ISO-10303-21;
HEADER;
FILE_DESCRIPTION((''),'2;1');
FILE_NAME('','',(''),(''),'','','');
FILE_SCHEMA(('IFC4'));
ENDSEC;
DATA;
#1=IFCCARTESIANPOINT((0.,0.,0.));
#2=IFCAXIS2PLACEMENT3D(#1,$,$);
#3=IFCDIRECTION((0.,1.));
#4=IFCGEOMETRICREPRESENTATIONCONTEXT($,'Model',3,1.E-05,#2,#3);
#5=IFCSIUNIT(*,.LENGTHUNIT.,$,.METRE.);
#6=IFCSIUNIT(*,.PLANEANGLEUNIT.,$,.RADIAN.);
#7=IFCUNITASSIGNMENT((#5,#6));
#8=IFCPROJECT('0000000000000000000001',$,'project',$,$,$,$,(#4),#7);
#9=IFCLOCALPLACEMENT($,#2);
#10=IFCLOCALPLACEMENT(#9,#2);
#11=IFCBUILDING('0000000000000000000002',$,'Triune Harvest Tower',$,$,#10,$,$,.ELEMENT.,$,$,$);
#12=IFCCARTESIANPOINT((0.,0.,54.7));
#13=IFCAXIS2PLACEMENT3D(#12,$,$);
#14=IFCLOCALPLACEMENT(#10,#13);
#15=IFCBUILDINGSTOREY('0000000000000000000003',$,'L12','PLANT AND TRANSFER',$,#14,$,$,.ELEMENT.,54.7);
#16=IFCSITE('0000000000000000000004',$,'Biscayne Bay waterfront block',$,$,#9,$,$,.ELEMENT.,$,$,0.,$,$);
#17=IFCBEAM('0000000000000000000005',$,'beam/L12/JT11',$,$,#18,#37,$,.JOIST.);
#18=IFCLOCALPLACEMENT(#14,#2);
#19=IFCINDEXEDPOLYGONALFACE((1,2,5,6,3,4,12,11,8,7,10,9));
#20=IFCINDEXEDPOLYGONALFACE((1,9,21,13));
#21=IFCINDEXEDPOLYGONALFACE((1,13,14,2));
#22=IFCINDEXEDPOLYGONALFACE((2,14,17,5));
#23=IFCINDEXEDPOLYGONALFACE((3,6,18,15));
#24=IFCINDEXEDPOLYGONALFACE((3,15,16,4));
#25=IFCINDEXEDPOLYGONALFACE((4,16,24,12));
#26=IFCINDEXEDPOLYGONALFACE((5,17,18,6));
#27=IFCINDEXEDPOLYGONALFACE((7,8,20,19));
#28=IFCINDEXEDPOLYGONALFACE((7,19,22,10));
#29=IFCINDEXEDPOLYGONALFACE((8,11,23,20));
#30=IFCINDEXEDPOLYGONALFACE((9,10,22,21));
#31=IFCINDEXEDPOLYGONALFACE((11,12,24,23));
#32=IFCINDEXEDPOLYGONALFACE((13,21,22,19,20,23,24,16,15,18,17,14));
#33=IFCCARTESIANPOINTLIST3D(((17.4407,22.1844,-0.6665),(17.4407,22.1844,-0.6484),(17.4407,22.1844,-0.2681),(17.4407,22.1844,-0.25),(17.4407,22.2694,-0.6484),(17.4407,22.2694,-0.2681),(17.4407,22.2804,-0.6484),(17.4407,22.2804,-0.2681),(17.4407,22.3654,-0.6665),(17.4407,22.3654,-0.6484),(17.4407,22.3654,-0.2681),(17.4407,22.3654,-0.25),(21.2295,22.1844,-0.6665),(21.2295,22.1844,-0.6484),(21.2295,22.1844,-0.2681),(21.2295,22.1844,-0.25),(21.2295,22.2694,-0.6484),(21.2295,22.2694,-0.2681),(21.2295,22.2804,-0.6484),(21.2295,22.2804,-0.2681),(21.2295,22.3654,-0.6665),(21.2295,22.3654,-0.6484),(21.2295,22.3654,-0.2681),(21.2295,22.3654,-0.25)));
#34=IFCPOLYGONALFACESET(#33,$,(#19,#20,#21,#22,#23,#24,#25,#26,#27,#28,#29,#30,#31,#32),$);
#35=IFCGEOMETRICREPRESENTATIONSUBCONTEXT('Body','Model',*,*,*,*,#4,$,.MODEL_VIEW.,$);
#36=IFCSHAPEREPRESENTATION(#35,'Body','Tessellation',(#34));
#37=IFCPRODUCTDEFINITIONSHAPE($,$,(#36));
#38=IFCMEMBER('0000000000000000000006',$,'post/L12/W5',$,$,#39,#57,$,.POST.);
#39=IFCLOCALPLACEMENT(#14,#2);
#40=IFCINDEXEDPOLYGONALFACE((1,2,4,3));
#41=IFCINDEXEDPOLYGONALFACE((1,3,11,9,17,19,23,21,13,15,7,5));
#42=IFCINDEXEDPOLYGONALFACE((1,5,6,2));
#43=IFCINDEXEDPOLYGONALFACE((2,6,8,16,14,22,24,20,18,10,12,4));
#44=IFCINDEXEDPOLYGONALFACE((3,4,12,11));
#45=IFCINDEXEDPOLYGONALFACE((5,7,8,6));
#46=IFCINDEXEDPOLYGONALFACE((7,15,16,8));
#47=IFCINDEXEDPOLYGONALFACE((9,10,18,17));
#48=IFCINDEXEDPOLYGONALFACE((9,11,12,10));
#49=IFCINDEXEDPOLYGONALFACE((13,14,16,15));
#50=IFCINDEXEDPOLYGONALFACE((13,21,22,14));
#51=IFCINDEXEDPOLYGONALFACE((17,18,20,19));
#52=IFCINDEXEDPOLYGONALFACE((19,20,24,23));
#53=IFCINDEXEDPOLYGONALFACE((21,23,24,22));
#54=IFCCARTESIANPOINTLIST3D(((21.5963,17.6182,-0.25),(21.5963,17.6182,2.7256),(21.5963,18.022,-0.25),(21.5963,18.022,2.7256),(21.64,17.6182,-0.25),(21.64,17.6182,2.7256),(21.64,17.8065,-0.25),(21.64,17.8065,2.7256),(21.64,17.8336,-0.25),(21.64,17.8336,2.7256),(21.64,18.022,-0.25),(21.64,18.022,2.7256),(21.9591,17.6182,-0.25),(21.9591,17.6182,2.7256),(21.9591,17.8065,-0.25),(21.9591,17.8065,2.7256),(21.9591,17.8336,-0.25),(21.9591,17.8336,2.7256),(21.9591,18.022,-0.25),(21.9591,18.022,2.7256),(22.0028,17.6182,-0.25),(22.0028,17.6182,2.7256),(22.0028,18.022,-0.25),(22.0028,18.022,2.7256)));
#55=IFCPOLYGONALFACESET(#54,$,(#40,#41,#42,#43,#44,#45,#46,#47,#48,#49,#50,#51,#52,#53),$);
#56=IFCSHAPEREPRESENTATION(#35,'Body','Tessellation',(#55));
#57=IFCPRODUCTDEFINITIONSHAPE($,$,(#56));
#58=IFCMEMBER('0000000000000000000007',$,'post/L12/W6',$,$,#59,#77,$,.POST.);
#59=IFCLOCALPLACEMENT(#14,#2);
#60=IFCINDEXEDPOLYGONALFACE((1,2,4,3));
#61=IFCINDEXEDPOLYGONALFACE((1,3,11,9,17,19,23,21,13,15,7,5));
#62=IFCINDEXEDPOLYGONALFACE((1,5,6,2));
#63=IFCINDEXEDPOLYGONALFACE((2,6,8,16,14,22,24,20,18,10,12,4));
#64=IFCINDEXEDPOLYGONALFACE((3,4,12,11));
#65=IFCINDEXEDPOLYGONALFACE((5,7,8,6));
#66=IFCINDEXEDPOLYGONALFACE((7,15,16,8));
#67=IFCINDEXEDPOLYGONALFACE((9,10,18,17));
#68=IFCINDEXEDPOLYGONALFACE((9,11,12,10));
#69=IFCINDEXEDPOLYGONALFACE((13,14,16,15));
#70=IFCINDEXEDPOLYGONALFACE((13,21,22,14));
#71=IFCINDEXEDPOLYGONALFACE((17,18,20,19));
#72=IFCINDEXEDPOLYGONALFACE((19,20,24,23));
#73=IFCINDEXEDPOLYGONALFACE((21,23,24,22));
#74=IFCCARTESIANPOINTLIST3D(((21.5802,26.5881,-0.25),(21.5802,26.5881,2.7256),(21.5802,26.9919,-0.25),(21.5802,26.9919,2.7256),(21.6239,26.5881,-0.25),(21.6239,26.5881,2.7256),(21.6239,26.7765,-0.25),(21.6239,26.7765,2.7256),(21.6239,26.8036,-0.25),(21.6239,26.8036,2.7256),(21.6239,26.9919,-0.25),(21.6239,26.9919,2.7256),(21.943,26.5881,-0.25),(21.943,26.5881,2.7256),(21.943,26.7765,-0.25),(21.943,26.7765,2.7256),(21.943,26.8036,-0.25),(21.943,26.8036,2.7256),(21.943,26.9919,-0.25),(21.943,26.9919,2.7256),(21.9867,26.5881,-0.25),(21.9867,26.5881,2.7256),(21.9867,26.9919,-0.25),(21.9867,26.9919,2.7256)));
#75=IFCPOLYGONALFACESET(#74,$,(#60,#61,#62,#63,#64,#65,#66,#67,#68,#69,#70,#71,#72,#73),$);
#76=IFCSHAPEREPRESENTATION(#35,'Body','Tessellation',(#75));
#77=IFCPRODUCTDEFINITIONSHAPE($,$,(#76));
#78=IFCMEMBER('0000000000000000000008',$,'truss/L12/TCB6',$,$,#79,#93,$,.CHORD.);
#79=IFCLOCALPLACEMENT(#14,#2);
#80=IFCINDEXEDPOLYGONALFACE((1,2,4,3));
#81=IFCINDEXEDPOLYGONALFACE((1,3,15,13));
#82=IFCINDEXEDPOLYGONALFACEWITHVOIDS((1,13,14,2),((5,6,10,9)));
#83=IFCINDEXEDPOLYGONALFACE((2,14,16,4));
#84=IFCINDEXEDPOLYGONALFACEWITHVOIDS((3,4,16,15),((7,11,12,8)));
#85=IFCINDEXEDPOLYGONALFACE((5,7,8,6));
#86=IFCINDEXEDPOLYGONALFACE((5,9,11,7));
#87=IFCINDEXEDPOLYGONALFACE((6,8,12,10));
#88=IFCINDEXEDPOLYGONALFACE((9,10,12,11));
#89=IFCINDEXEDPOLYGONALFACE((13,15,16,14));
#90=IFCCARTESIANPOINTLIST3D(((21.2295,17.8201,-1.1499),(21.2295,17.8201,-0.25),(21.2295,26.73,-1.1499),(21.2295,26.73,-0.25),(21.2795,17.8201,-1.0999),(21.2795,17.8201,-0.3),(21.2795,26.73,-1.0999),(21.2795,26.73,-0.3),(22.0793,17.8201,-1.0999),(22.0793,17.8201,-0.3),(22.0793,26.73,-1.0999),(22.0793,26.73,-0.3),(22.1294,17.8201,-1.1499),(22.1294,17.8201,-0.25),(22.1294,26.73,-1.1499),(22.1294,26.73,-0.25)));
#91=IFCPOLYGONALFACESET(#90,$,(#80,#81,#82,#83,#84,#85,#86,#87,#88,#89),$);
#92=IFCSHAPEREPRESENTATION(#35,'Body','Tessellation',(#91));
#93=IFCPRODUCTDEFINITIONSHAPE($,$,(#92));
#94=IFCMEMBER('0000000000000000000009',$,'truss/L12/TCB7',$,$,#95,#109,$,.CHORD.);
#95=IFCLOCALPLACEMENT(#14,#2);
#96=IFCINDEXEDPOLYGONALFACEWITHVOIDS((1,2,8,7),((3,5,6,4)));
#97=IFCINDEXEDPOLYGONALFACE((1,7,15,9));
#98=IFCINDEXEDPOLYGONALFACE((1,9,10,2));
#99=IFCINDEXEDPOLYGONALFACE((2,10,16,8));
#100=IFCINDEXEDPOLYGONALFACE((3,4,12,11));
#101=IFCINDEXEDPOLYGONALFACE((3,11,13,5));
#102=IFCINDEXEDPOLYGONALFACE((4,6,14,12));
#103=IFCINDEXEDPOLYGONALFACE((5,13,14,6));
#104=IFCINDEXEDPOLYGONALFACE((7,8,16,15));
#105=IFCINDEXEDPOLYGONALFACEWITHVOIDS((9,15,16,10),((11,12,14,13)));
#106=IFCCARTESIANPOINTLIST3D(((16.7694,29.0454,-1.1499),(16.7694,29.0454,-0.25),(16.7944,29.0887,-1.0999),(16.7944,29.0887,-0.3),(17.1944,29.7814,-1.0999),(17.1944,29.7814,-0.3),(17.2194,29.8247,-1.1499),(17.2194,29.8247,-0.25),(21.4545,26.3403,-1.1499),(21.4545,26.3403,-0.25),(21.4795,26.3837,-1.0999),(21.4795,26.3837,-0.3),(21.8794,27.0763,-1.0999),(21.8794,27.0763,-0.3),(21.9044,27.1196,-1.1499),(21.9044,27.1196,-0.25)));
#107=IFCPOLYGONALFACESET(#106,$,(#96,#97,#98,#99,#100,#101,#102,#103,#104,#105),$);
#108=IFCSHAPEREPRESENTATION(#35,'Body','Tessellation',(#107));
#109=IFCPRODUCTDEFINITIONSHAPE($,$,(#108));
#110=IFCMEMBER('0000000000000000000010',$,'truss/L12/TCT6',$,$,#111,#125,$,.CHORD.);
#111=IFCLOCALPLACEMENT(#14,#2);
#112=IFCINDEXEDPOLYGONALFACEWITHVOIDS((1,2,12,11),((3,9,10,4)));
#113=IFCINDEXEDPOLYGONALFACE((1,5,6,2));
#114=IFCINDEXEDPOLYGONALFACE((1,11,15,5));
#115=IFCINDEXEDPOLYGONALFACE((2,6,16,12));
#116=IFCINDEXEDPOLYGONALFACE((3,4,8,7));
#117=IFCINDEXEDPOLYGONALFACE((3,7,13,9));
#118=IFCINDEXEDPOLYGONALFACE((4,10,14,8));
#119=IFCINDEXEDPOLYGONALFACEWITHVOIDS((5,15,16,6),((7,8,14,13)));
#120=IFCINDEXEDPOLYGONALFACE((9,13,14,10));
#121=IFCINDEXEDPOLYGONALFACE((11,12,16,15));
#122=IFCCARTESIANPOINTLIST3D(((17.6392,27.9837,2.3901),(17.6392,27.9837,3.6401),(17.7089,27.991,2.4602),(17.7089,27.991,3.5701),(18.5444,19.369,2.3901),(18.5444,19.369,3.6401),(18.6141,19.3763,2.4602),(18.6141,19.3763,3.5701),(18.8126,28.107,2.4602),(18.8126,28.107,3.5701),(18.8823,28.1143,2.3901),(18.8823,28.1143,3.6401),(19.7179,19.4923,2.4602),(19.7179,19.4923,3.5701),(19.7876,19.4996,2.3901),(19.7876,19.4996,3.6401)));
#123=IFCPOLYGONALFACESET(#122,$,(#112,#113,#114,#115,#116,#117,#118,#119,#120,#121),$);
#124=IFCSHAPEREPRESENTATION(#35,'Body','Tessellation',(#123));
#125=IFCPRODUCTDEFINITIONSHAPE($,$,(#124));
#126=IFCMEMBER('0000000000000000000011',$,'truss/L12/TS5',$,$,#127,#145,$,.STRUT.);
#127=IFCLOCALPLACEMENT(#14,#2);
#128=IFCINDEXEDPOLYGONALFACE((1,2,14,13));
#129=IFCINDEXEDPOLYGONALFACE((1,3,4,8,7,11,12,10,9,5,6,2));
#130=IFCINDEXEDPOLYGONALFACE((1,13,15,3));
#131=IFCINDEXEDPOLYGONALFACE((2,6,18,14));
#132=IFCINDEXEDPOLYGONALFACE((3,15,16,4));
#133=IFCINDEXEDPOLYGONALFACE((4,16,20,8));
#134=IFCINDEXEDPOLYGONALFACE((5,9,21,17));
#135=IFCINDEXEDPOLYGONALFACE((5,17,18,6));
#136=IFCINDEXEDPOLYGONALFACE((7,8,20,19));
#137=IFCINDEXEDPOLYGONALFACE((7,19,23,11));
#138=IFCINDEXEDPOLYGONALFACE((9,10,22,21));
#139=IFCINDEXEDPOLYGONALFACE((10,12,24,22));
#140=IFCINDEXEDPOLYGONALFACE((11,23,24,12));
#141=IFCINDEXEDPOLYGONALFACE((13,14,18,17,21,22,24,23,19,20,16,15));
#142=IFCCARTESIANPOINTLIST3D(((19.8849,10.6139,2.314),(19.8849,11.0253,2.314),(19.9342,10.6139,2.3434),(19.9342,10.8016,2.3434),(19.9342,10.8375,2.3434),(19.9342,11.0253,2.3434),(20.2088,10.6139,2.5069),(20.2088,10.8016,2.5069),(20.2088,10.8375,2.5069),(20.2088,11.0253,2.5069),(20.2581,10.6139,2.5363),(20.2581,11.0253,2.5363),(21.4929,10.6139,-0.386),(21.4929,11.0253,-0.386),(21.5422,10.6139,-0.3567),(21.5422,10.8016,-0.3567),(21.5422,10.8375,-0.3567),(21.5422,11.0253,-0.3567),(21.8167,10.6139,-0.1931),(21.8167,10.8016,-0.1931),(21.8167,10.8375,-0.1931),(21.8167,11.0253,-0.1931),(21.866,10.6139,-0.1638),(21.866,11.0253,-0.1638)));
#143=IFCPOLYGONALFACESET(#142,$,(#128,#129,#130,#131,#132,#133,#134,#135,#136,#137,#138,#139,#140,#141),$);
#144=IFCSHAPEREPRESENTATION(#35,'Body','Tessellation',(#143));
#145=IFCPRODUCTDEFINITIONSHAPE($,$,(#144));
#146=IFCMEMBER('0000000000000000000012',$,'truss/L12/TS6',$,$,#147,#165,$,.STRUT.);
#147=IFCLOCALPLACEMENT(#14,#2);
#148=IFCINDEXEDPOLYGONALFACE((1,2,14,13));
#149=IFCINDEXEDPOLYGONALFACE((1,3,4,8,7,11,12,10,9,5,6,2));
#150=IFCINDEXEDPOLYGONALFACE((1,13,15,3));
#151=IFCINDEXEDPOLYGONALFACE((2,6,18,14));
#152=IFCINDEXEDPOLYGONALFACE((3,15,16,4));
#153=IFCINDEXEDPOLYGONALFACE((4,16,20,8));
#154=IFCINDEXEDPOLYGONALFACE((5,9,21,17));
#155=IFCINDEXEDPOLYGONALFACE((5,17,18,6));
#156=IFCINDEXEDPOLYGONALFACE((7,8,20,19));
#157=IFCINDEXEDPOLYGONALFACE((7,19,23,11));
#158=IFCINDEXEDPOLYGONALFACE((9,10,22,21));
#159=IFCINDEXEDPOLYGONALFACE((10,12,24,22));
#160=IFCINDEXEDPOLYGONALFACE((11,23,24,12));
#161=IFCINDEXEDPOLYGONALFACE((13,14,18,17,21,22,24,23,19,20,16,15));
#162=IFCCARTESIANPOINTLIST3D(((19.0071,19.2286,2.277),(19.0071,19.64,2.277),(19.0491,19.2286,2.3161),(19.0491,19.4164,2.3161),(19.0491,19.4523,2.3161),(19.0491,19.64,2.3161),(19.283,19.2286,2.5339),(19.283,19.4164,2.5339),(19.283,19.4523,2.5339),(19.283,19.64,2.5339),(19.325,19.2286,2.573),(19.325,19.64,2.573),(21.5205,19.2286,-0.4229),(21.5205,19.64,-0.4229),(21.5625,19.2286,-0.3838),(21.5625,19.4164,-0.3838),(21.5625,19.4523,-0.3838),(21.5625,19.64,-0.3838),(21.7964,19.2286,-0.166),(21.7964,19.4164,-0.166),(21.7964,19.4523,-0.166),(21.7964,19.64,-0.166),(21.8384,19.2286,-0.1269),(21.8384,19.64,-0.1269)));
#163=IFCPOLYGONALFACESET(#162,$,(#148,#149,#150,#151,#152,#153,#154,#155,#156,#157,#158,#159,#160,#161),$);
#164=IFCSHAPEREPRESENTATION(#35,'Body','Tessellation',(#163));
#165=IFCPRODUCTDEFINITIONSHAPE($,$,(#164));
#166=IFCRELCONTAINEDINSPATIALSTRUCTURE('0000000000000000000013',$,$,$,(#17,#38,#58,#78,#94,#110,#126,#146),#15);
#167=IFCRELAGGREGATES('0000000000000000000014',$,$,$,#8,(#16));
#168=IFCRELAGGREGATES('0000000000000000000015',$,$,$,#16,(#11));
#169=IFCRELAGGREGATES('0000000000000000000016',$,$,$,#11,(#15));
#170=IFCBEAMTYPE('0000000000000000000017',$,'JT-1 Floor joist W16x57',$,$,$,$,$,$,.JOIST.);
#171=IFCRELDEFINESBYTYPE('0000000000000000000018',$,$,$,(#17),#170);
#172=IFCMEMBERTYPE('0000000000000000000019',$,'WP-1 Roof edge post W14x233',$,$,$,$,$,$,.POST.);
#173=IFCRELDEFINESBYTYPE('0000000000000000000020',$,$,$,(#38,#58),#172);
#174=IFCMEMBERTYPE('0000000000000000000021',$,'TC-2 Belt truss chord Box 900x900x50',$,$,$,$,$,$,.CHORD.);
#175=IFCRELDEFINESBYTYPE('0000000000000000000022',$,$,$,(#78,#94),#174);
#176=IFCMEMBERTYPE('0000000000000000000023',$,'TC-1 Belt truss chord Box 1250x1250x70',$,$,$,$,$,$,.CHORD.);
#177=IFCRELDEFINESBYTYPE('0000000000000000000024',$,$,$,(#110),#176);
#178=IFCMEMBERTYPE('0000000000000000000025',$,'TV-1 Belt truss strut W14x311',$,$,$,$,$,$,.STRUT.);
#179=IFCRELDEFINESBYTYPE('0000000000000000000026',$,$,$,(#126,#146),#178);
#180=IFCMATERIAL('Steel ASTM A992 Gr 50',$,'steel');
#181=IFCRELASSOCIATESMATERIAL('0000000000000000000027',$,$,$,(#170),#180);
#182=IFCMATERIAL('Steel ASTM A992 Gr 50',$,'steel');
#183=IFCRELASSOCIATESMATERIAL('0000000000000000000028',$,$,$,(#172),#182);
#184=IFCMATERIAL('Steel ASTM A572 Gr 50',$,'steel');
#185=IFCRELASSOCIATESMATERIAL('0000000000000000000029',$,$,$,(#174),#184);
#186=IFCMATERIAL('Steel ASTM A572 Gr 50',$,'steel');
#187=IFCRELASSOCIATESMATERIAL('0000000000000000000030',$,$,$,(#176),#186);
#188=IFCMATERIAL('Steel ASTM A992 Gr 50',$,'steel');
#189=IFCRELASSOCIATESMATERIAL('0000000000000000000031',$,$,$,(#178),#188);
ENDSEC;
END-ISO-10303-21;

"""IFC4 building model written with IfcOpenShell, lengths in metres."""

from ifc_helpers import new_model, si_unit, direction, frame, origin, origin_2d, place, context, subcontext, project, spatial, hollow_rectangle, i_section, extrude, source, transform, mapped, material, material_profile, profile_set, type_object, element, save


model = new_model("IFC4")

# Units and contexts
model_context = context("Model", 3, precision=1e-05, world=origin(), true_north=direction((0.0, 1.0)))
body_context = subcontext(model_context, "Body", "Model", "MODEL_VIEW")
ifc_project = project(units=[si_unit("LENGTHUNIT", "METRE"), si_unit("PLANEANGLEUNIT", "RADIAN")], contexts=[model_context])

# Site, building, storey
site_placement = place(None, origin())
site = spatial("IfcSite", under=ifc_project, at=site_placement, Name="Biscayne Bay waterfront block", CompositionType="ELEMENT", RefElevation=0.0)
building_placement = place(site_placement, origin())
building = spatial("IfcBuilding", under=site, at=building_placement, Name="Triune Harvest Tower", CompositionType="ELEMENT")
storey_placement = place(building_placement, frame((0.0, 0.0, 54.7)))
storey = spatial("IfcBuildingStorey", under=building, at=storey_placement, Name="L12", Description="PLANT AND TRANSFER", CompositionType="ELEMENT", Elevation=54.7)

# Beam
ifc_material_1 = material(Name="Steel ASTM A992 Gr 50", Category="steel")
ifc_material_profile_1 = material_profile(ifc_material_1, i_section(OverallWidth=0.1809, OverallDepth=0.4165, WebThickness=0.011, FlangeThickness=0.0181, at=origin_2d()), Name="W16x57")
ifc_profile_set_1 = profile_set([ifc_material_profile_1], Name="Steel ASTM A992 Gr 50")
beam_type_1 = type_object("IfcBeamType", Name="JT-1 Floor joist W16x57", PredefinedType="JOIST", material=ifc_profile_set_1)
shared_shape_1 = source(origin(), body_context, "Body", "SweptSolid", [
    extrude(i_section(OverallWidth=0.1809, OverallDepth=0.4165, WebThickness=0.011, FlangeThickness=0.0181, at=origin_2d()), origin(), (0.0, 0.0, 1.0), 3.7888),
])
beam_1_placement = place(storey_placement, frame((21.2295, 22.2749, -0.4583), z_axis=(-1.0, 0.0, 0.0), x_axis=(0.0, -1.0, 0.0)))
element("IfcBeam", 1, at=beam_1_placement, inside=storey, type_object=beam_type_1, Name="beam/L12/JT11", PredefinedType="JOIST", context=body_context, shape_type="MappedRepresentation", body=[
    mapped(shared_shape_1, transform((0.0, 0.0, 0.0), scale=1.0)),
])

# Members
ifc_material_2 = material(Name="Steel ASTM A992 Gr 50", Category="steel")
ifc_material_profile_2 = material_profile(ifc_material_2, i_section(OverallWidth=0.4038, OverallDepth=0.4065, WebThickness=0.0271, FlangeThickness=0.0437, at=origin_2d()), Name="W14x233")
ifc_profile_set_2 = profile_set([ifc_material_profile_2], Name="Steel ASTM A992 Gr 50")
member_type_1 = type_object("IfcMemberType", Name="WP-1 Roof edge post W14x233", PredefinedType="POST", material=ifc_profile_set_2)
shared_shape_2 = source(origin(), body_context, "Body", "SweptSolid", [
    extrude(i_section(OverallWidth=0.4038, OverallDepth=0.4065, WebThickness=0.0271, FlangeThickness=0.0437, at=origin_2d()), origin(), (0.0, 0.0, 1.0), 2.9756),
])
for number, where, z_axis, x_axis, name in (
    (2, (21.7996, 17.8201, -0.25), (0.0, 0.0, 1.0), (0.0, 1.0, 0.0), "post/L12/W5"),
    (3, (21.7834, 26.79, -0.25), (0.0, 0.0, 1.0), (0.0, 1.0, 0.0), "post/L12/W6"),
):
    element("IfcMember", number, at=place(storey_placement, frame(where, z_axis=z_axis, x_axis=x_axis)), inside=storey, type_object=member_type_1, Name=name, PredefinedType="POST", context=body_context, shape_type="MappedRepresentation", body=[
        mapped(shared_shape_2, transform((0.0, 0.0, 0.0), scale=1.0)),
    ])
ifc_material_3 = material(Name="Steel ASTM A572 Gr 50", Category="steel")
ifc_material_profile_3 = material_profile(ifc_material_3, hollow_rectangle(XDim=0.8999, YDim=0.8999, WallThickness=0.05, at=origin_2d()), Name="Box 900x900x50")
ifc_profile_set_3 = profile_set([ifc_material_profile_3], Name="Steel ASTM A572 Gr 50")
member_type_2 = type_object("IfcMemberType", Name="TC-2 Belt truss chord Box 900x900x50", PredefinedType="CHORD", material=ifc_profile_set_3)
shared_shape_3 = source(origin(), body_context, "Body", "SweptSolid", [
    extrude(hollow_rectangle(XDim=0.8999, YDim=0.8999, WallThickness=0.05, at=origin_2d()), origin(), (0.0, 0.0, 1.0), 8.9099),
])
member_1_placement = place(storey_placement, frame((21.6794, 17.8201, -0.7), z_axis=(0.0, 1.0, 0.0), x_axis=(-1.0, 0.0, 0.0)))
element("IfcMember", 4, at=member_1_placement, inside=storey, type_object=member_type_2, Name="truss/L12/TCB6", PredefinedType="CHORD", context=body_context, shape_type="MappedRepresentation", body=[
    mapped(shared_shape_3, transform((0.0, 0.0, 0.0), scale=1.0)),
])
shared_shape_4 = source(origin(), body_context, "Body", "SweptSolid", [
    extrude(hollow_rectangle(XDim=0.8999, YDim=0.8999, WallThickness=0.05, at=origin_2d()), origin(), (0.0, 0.0, 1.0), 5.4099),
])
member_2_placement = place(storey_placement, frame((21.6794, 26.73, -0.7), z_axis=(-0.866013, 0.500022, 0.0), x_axis=(-0.500022, -0.866013, 0.0)))
element("IfcMember", 5, at=member_2_placement, inside=storey, type_object=member_type_2, Name="truss/L12/TCB7", PredefinedType="CHORD", context=body_context, shape_type="MappedRepresentation", body=[
    mapped(shared_shape_4, transform((0.0, 0.0, 0.0), scale=1.0)),
])
ifc_material_4 = material(Name="Steel ASTM A572 Gr 50", Category="steel")
ifc_material_profile_4 = material_profile(ifc_material_4, hollow_rectangle(XDim=1.25, YDim=1.25, WallThickness=0.0701, at=origin_2d()), Name="Box 1250x1250x70")
ifc_profile_set_4 = profile_set([ifc_material_profile_4], Name="Steel ASTM A572 Gr 50")
member_type_3 = type_object("IfcMemberType", Name="TC-1 Belt truss chord Box 1250x1250x70", PredefinedType="CHORD", material=ifc_profile_set_4)
shared_shape_5 = source(origin(), body_context, "Body", "SweptSolid", [
    extrude(hollow_rectangle(XDim=1.25, YDim=1.25, WallThickness=0.0701, at=origin_2d()), origin(), (0.0, 0.0, 1.0), 8.6621),
])
member_3_placement = place(storey_placement, frame((19.166, 19.4343, 3.0151), z_axis=(-0.104509, 0.994524, 0.0), x_axis=(-0.994524, -0.104509, 0.0)))
element("IfcMember", 6, at=member_3_placement, inside=storey, type_object=member_type_3, Name="truss/L12/TCT6", PredefinedType="CHORD", context=body_context, shape_type="MappedRepresentation", body=[
    mapped(shared_shape_5, transform((0.0, 0.0, 0.0), scale=1.0)),
])
ifc_material_5 = material(Name="Steel ASTM A992 Gr 50", Category="steel")
ifc_material_profile_5 = material_profile(ifc_material_5, i_section(OverallWidth=0.4114, OverallDepth=0.4343, WebThickness=0.0359, FlangeThickness=0.0574, at=origin_2d()), Name="W14x311")
ifc_profile_set_5 = profile_set([ifc_material_profile_5], Name="Steel ASTM A992 Gr 50")
member_type_4 = type_object("IfcMemberType", Name="TV-1 Belt truss strut W14x311", PredefinedType="STRUT", material=ifc_profile_set_5)
shared_shape_6 = source(origin(), body_context, "Body", "SweptSolid", [
    extrude(i_section(OverallWidth=0.4114, OverallDepth=0.4343, WebThickness=0.0359, FlangeThickness=0.0574, at=origin_2d()), origin(), (0.0, 0.0, 1.0), 3.1426),
])
member_4_placement = place(storey_placement, frame((21.6794, 10.8196, -0.2749), z_axis=(-0.511671, 0.0, 0.859181), x_axis=(0.0, -1.0, 0.0)))
element("IfcMember", 7, at=member_4_placement, inside=storey, type_object=member_type_4, Name="truss/L12/TS5", PredefinedType="STRUT", context=body_context, shape_type="MappedRepresentation", body=[
    mapped(shared_shape_6, transform((0.0, 0.0, 0.0), scale=1.0)),
])
shared_shape_7 = source(origin(), body_context, "Body", "SweptSolid", [
    extrude(i_section(OverallWidth=0.4114, OverallDepth=0.4343, WebThickness=0.0359, FlangeThickness=0.0574, at=origin_2d()), origin(), (0.0, 0.0, 1.0), 3.6887),
])
member_5_placement = place(storey_placement, frame((21.6794, 19.4343, -0.2749), z_axis=(-0.681372, 0.0, 0.731937), x_axis=(0.0, -1.0, 0.0)))
element("IfcMember", 8, at=member_5_placement, inside=storey, type_object=member_type_4, Name="truss/L12/TS6", PredefinedType="STRUT", context=body_context, shape_type="MappedRepresentation", body=[
    mapped(shared_shape_7, transform((0.0, 0.0, 0.0), scale=1.0)),
])

save(model, "model.ifc")
